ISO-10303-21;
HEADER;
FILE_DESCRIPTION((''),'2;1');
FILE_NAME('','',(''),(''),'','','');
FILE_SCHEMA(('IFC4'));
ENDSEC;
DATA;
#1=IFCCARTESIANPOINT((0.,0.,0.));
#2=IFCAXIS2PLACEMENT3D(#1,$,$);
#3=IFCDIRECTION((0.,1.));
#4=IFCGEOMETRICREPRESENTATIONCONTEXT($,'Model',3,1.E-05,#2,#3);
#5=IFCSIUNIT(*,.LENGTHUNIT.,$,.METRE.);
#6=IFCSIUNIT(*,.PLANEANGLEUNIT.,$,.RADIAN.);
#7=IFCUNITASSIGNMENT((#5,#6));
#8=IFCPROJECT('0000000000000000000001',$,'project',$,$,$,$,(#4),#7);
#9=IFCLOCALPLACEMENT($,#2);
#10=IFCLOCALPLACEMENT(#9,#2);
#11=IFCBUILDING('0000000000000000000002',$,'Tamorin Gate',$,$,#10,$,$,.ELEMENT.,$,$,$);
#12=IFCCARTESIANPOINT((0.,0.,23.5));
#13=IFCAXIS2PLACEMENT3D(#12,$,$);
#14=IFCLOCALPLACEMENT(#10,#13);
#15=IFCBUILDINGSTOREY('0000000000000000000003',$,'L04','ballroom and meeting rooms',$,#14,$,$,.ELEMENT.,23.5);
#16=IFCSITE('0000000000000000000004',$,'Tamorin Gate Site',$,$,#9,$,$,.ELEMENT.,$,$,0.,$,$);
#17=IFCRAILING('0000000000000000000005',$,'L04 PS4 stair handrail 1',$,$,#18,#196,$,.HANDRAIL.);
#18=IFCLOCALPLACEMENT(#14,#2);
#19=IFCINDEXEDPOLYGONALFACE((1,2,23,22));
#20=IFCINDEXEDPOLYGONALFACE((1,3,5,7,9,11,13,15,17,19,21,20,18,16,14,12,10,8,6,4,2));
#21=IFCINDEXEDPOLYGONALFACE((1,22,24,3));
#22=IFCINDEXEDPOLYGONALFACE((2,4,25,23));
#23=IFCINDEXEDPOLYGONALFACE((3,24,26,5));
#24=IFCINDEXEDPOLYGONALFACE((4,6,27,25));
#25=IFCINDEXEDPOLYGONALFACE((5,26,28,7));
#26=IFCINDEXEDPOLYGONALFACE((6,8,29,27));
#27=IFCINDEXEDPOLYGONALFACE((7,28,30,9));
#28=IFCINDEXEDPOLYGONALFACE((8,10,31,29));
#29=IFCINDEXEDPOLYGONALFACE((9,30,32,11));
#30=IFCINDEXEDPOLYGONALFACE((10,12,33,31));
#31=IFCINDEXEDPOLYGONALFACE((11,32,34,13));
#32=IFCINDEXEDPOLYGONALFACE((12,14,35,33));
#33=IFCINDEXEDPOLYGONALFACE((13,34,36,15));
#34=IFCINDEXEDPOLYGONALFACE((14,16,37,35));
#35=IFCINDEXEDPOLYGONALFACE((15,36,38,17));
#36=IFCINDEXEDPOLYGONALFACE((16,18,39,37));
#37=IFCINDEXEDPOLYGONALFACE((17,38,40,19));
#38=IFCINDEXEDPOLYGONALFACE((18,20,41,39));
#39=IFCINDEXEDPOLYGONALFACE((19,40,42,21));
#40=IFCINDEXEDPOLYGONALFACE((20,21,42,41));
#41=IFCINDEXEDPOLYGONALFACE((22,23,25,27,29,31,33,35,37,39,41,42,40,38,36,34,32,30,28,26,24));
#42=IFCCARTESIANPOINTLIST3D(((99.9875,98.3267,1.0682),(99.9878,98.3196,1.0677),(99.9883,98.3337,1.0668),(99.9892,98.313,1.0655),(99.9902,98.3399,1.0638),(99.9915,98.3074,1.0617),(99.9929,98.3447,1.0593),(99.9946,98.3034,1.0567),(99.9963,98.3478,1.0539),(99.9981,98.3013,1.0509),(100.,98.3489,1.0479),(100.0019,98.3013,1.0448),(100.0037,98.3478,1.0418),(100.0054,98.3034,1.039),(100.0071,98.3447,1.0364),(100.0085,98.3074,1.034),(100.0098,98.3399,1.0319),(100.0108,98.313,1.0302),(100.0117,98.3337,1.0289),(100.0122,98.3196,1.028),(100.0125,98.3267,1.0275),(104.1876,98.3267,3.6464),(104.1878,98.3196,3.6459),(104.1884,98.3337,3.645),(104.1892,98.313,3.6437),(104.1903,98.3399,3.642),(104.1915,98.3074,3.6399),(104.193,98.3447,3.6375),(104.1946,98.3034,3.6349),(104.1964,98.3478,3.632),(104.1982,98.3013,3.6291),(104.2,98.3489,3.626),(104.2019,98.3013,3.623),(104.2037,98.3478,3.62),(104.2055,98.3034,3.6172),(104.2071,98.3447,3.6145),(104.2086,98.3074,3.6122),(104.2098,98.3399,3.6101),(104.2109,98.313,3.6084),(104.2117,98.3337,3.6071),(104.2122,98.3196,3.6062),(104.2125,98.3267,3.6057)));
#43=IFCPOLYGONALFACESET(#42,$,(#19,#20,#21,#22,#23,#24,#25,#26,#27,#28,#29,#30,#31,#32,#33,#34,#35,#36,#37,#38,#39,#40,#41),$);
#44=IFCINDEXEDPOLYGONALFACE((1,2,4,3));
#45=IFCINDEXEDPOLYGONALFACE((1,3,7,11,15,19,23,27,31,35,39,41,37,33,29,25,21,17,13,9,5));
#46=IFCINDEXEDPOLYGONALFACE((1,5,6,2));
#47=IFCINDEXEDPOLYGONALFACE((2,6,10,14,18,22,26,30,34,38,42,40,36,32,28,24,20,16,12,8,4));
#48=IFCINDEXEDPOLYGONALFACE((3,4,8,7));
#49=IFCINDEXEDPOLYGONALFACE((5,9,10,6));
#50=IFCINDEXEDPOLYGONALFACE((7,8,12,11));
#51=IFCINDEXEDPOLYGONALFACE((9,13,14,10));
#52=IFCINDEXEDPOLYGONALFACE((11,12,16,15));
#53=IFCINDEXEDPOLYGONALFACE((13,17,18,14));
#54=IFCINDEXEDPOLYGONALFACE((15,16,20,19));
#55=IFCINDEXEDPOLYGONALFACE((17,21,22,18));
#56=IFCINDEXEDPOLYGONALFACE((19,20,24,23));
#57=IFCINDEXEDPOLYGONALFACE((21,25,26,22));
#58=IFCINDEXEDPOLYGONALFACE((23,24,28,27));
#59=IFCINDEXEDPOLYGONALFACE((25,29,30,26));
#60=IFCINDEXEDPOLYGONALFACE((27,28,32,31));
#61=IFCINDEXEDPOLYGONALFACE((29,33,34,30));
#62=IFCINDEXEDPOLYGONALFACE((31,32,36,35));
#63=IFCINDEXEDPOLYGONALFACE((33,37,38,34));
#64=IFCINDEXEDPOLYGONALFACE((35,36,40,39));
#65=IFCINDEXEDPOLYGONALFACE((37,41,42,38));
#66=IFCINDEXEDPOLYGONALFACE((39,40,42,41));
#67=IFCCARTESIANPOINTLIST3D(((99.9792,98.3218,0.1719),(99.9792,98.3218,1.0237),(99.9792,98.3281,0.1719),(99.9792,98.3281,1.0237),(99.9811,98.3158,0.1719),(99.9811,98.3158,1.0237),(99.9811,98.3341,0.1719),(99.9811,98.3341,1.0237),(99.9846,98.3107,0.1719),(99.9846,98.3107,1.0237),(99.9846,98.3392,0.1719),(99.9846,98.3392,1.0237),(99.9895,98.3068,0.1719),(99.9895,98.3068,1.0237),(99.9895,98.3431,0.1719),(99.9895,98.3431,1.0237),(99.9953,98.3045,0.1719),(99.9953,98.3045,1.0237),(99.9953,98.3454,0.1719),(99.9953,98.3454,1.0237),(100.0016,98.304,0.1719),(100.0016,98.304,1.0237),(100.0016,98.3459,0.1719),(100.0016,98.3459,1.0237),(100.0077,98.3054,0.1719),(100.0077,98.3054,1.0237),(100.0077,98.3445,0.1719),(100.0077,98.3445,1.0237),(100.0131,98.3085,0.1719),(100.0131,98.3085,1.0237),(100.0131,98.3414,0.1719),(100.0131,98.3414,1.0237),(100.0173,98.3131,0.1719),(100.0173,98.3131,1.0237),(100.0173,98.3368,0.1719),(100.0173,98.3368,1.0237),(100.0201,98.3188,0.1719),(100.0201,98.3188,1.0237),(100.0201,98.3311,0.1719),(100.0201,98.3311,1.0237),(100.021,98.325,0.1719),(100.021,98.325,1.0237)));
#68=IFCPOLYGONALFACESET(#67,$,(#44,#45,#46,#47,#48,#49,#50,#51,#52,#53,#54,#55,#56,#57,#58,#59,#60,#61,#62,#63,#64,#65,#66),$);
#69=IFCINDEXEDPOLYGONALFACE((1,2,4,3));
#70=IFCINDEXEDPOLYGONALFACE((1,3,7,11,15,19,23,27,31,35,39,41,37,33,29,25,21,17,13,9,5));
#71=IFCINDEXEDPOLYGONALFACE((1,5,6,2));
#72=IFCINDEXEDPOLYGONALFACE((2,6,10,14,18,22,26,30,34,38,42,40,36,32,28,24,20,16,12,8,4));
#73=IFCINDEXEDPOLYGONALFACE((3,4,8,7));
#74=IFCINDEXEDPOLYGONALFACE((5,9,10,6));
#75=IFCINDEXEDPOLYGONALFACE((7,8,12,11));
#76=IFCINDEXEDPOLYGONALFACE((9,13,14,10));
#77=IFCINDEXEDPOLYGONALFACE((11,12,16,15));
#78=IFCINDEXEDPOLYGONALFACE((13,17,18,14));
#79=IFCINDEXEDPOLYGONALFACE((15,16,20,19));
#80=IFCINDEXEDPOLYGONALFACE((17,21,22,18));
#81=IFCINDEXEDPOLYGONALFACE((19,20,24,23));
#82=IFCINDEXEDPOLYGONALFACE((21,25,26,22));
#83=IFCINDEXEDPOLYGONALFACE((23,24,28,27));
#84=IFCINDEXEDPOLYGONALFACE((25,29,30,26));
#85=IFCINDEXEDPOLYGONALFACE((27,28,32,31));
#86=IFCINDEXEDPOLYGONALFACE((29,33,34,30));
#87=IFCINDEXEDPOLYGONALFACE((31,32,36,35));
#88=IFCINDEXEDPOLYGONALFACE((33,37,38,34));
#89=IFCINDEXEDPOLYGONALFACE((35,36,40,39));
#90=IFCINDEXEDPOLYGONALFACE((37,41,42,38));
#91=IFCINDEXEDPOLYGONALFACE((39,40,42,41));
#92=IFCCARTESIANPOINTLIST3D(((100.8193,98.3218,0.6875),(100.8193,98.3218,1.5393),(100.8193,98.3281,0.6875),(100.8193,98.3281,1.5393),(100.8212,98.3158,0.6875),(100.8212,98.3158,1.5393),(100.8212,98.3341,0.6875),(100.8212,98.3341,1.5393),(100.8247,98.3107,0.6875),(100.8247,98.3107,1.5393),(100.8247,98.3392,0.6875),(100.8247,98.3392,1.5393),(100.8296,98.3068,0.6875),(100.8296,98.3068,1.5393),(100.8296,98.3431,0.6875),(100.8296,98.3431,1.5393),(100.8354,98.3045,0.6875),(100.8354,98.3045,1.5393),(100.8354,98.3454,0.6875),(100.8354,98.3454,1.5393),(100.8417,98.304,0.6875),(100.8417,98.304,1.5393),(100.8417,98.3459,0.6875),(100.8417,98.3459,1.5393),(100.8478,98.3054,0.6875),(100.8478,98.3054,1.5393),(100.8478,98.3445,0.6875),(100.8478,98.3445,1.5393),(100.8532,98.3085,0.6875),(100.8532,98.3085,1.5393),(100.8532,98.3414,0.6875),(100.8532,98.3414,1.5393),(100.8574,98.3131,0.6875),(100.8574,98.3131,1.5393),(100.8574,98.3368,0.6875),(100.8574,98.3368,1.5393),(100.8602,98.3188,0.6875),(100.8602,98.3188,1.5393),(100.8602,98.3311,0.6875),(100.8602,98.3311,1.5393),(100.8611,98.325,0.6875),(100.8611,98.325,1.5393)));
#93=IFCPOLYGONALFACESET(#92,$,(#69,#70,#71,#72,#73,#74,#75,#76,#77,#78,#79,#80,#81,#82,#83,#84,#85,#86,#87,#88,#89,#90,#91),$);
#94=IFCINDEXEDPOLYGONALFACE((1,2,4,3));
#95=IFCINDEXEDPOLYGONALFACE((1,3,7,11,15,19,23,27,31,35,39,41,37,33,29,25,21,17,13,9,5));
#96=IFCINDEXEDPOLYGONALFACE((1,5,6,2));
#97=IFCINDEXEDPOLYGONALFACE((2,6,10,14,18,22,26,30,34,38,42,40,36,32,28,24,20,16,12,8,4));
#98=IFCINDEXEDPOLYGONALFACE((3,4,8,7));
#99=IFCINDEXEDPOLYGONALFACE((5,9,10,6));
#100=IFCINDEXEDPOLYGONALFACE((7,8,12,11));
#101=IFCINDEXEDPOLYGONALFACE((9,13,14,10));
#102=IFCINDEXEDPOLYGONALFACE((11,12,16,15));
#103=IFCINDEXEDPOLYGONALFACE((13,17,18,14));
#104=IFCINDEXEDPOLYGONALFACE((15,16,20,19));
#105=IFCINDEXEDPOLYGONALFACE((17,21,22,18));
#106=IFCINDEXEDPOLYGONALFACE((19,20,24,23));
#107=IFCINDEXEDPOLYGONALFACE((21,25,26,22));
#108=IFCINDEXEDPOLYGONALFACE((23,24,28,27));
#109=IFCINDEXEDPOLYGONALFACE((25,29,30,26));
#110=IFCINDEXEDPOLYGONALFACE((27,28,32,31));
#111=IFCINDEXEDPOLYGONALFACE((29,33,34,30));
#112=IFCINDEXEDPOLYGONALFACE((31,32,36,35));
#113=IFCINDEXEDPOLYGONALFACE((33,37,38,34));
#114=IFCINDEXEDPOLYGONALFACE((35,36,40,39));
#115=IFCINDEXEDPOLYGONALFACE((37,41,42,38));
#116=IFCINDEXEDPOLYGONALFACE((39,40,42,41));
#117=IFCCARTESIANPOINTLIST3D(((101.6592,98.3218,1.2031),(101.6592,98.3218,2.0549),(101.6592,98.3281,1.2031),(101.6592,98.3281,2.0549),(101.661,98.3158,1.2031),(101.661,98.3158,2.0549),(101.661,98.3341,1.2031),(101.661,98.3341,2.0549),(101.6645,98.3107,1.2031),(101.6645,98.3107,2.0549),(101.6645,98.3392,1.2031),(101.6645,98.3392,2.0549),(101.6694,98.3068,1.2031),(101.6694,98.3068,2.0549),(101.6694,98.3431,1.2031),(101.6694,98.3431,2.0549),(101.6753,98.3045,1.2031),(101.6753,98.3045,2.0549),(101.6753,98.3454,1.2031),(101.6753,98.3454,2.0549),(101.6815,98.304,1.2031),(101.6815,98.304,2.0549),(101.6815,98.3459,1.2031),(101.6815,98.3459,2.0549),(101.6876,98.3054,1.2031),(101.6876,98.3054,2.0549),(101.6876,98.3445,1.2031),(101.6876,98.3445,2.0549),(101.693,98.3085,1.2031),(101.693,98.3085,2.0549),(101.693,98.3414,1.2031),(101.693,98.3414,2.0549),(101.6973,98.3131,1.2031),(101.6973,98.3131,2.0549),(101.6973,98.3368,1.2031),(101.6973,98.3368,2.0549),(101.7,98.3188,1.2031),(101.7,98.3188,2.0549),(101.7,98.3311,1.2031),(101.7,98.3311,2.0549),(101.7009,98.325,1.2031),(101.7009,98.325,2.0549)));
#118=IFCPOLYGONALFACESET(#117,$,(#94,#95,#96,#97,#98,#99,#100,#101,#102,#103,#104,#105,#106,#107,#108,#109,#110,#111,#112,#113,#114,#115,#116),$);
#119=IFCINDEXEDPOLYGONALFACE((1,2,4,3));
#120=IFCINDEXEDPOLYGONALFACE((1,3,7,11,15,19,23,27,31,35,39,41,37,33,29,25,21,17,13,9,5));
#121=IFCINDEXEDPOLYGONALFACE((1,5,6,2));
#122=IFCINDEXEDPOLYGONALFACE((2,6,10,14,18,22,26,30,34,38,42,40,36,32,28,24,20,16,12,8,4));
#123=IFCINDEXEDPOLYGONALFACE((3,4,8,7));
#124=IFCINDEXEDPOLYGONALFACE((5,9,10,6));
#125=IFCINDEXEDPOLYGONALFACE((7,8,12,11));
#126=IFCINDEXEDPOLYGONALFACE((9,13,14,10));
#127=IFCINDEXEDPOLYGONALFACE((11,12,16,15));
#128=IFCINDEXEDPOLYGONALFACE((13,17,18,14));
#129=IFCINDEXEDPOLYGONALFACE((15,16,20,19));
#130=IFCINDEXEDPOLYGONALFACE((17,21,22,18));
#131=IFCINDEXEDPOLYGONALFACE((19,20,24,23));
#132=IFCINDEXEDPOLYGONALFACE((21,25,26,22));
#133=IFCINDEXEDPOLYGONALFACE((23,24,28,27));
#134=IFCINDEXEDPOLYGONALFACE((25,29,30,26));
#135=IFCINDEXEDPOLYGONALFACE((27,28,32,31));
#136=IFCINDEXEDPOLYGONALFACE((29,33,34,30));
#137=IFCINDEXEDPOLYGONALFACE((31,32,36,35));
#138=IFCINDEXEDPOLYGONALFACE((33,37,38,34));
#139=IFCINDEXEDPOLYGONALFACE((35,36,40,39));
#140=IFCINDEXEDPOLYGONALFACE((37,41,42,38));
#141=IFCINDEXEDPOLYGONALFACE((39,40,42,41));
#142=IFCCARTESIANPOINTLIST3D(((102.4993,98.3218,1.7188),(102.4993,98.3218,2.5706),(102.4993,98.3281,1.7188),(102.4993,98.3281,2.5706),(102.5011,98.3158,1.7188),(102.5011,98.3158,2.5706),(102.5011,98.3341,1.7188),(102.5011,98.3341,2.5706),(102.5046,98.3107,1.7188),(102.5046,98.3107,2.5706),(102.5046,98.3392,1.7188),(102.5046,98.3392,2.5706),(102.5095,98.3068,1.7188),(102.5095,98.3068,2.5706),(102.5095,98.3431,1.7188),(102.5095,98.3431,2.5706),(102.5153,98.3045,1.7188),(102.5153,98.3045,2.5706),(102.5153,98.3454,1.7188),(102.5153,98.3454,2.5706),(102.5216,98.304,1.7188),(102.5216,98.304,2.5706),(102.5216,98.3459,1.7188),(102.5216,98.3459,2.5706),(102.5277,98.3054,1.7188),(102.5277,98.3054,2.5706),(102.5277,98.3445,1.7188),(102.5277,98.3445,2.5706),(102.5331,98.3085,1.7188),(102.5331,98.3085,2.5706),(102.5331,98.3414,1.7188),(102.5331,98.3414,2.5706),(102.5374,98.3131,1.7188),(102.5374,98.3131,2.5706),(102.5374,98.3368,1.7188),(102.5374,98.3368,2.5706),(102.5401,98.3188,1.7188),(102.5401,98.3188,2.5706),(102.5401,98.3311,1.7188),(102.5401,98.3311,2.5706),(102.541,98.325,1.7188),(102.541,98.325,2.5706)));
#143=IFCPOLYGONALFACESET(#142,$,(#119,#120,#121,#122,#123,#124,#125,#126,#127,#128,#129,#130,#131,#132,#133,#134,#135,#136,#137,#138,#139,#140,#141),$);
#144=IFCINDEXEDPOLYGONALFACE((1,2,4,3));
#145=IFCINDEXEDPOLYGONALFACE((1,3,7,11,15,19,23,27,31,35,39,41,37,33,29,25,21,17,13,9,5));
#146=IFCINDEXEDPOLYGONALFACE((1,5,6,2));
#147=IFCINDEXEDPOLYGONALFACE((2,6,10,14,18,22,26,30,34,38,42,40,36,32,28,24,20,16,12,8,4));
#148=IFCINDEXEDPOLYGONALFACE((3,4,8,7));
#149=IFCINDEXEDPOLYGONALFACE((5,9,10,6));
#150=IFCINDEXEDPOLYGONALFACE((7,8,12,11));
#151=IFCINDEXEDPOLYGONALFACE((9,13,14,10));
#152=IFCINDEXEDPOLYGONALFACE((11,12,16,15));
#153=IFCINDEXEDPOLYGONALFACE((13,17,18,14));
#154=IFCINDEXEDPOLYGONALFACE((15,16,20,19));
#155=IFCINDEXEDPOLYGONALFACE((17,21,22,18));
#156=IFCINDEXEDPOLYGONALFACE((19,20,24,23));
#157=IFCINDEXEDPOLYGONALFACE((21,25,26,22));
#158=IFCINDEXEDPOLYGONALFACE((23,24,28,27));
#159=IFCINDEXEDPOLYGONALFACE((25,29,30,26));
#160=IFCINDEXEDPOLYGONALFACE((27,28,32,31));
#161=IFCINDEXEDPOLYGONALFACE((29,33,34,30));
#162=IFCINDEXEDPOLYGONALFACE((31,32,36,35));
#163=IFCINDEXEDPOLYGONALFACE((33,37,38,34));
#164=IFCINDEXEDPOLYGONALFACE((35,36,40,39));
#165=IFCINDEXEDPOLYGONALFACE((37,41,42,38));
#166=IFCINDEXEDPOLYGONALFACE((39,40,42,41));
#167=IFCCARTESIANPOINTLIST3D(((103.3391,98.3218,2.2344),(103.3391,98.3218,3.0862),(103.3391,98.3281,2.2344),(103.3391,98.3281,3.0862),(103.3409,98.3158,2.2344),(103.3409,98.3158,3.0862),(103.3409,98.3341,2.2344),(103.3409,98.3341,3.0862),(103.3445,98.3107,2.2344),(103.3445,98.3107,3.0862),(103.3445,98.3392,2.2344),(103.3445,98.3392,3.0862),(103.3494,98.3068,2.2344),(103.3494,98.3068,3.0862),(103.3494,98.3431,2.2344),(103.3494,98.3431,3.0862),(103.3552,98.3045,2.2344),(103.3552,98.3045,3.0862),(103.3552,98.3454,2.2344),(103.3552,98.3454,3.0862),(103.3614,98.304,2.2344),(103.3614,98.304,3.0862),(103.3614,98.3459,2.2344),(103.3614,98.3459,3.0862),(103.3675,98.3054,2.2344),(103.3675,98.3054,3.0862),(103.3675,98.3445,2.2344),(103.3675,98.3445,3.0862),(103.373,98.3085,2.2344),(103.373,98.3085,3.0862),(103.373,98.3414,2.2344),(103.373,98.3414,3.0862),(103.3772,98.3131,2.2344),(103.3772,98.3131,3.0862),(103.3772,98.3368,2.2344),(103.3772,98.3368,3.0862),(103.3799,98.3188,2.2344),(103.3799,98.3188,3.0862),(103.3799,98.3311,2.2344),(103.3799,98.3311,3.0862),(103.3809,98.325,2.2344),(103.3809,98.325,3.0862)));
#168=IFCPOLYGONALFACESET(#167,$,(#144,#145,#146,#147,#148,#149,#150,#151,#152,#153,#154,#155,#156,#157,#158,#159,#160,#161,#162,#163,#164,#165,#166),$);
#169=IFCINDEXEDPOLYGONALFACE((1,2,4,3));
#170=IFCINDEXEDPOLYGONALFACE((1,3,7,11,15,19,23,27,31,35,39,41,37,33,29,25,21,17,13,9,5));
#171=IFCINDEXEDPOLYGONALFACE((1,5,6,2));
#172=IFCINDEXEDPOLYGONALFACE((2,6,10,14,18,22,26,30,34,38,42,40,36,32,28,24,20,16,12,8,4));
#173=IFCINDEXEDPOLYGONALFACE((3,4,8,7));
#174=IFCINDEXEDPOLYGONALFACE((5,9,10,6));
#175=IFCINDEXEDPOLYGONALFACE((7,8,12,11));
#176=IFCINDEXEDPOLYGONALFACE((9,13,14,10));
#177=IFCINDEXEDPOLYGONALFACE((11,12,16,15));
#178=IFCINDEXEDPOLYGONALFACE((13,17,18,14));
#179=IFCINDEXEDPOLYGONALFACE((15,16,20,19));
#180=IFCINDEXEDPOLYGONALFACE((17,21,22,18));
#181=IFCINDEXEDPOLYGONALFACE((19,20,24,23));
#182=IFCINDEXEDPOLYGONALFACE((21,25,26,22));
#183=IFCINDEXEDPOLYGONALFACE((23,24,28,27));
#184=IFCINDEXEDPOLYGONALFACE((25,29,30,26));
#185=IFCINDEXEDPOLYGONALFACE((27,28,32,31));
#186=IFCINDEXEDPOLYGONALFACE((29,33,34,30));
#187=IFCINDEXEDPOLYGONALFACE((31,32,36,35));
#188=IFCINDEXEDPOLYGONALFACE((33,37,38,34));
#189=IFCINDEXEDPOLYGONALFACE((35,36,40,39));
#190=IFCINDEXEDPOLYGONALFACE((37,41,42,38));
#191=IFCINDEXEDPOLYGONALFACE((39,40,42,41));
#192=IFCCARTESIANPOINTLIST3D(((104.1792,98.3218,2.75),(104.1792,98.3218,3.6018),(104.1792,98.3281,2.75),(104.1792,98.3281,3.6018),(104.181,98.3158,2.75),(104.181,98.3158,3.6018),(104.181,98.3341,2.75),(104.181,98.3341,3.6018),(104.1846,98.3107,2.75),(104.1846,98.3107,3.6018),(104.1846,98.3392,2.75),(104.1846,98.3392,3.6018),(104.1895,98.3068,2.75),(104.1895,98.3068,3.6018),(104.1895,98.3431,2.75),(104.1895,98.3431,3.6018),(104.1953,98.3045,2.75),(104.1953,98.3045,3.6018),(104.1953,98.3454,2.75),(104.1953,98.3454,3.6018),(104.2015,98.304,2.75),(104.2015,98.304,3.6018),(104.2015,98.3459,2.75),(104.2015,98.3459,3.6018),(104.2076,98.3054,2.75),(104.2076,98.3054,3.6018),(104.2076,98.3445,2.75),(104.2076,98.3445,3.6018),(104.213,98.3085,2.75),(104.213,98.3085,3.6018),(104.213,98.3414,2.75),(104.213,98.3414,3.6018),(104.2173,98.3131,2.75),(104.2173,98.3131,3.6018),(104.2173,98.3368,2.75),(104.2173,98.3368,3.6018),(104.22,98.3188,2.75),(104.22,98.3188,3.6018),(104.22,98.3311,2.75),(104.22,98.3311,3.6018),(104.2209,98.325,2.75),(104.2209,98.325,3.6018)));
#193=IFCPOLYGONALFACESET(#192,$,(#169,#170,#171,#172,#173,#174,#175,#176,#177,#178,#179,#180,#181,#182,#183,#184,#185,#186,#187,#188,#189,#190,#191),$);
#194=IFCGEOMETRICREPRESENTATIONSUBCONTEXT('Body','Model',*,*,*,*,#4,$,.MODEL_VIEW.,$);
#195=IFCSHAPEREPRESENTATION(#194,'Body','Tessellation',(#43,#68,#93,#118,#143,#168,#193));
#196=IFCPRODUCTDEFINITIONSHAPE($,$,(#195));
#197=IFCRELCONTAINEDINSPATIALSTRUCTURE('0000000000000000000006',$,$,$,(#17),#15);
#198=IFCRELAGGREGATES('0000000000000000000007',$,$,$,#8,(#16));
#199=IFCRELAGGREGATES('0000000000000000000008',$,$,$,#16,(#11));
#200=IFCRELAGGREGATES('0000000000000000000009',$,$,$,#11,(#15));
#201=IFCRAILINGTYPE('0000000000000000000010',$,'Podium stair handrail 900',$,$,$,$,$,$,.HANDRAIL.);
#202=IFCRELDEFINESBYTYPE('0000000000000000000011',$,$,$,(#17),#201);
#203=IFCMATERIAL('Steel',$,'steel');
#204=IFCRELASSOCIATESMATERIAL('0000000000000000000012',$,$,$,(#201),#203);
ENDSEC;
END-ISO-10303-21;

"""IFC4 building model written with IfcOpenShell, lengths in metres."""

from ifc_helpers import new_model, si_unit, direction, frame, origin, origin_2d, place, context, subcontext, project, spatial, circle, extrude, material, type_object, element, save


model = new_model("IFC4")

# Units and contexts
model_context = context("Model", 3, precision=1e-05, world=origin(), true_north=direction((0.0, 1.0)))
body_context = subcontext(model_context, "Body", "Model", "MODEL_VIEW")
ifc_project = project(units=[si_unit("LENGTHUNIT", "METRE"), si_unit("PLANEANGLEUNIT", "RADIAN")], contexts=[model_context])

# Site, building, storey
site_placement = place(None, origin())
site = spatial("IfcSite", under=ifc_project, at=site_placement, Name="Tamorin Gate Site", CompositionType="ELEMENT", RefElevation=0.0)
building_placement = place(site_placement, origin())
building = spatial("IfcBuilding", under=site, at=building_placement, Name="Tamorin Gate", CompositionType="ELEMENT")
storey_placement = place(building_placement, frame((0.0, 0.0, 23.5)))
storey = spatial("IfcBuildingStorey", under=building, at=storey_placement, Name="L04", Description="ballroom and meeting rooms", CompositionType="ELEMENT", Elevation=23.5)

# Railing
ifc_material_1 = material(Name="Steel", Category="steel")
railing_type_1 = type_object("IfcRailingType", Name="Podium stair handrail 900", PredefinedType="HANDRAIL", material=ifc_material_1)
railing_1_placement = place(storey_placement, frame((100.0, 98.325, 0.1719)))
element("IfcRailing", 1, at=railing_1_placement, inside=storey, type_object=railing_type_1, Name="L04 PS4 stair handrail 1", PredefinedType="HANDRAIL", context=body_context, shape_type="SweptSolid", body=[
    extrude(circle(Radius=0.0239, at=origin_2d()), frame((0.0, 0.0, 0.876), z_axis=(0.852243, 0.0, 0.523146), x_axis=(0.0, 1.0, 0.0)), (0.0, 0.0, 1.0), 4.9282),
    extrude(circle(Radius=0.021, at=origin_2d()), origin(), (0.0, 0.0, 1.0), 0.8518),
    extrude(circle(Radius=0.021, at=origin_2d()), frame((0.8401, 0.0, 0.5156)), (0.0, 0.0, 1.0), 0.8518),
    extrude(circle(Radius=0.021, at=origin_2d()), frame((1.6799, 0.0, 1.0312)), (0.0, 0.0, 1.0), 0.8518),
    extrude(circle(Radius=0.021, at=origin_2d()), frame((2.52, 0.0, 1.5469)), (0.0, 0.0, 1.0), 0.8518),
    extrude(circle(Radius=0.021, at=origin_2d()), frame((3.3599, 0.0, 2.0625)), (0.0, 0.0, 1.0), 0.8518),
    extrude(circle(Radius=0.021, at=origin_2d()), frame((4.2, 0.0, 2.5781)), (0.0, 0.0, 1.0), 0.8518),
])

save(model, "model.ifc")
